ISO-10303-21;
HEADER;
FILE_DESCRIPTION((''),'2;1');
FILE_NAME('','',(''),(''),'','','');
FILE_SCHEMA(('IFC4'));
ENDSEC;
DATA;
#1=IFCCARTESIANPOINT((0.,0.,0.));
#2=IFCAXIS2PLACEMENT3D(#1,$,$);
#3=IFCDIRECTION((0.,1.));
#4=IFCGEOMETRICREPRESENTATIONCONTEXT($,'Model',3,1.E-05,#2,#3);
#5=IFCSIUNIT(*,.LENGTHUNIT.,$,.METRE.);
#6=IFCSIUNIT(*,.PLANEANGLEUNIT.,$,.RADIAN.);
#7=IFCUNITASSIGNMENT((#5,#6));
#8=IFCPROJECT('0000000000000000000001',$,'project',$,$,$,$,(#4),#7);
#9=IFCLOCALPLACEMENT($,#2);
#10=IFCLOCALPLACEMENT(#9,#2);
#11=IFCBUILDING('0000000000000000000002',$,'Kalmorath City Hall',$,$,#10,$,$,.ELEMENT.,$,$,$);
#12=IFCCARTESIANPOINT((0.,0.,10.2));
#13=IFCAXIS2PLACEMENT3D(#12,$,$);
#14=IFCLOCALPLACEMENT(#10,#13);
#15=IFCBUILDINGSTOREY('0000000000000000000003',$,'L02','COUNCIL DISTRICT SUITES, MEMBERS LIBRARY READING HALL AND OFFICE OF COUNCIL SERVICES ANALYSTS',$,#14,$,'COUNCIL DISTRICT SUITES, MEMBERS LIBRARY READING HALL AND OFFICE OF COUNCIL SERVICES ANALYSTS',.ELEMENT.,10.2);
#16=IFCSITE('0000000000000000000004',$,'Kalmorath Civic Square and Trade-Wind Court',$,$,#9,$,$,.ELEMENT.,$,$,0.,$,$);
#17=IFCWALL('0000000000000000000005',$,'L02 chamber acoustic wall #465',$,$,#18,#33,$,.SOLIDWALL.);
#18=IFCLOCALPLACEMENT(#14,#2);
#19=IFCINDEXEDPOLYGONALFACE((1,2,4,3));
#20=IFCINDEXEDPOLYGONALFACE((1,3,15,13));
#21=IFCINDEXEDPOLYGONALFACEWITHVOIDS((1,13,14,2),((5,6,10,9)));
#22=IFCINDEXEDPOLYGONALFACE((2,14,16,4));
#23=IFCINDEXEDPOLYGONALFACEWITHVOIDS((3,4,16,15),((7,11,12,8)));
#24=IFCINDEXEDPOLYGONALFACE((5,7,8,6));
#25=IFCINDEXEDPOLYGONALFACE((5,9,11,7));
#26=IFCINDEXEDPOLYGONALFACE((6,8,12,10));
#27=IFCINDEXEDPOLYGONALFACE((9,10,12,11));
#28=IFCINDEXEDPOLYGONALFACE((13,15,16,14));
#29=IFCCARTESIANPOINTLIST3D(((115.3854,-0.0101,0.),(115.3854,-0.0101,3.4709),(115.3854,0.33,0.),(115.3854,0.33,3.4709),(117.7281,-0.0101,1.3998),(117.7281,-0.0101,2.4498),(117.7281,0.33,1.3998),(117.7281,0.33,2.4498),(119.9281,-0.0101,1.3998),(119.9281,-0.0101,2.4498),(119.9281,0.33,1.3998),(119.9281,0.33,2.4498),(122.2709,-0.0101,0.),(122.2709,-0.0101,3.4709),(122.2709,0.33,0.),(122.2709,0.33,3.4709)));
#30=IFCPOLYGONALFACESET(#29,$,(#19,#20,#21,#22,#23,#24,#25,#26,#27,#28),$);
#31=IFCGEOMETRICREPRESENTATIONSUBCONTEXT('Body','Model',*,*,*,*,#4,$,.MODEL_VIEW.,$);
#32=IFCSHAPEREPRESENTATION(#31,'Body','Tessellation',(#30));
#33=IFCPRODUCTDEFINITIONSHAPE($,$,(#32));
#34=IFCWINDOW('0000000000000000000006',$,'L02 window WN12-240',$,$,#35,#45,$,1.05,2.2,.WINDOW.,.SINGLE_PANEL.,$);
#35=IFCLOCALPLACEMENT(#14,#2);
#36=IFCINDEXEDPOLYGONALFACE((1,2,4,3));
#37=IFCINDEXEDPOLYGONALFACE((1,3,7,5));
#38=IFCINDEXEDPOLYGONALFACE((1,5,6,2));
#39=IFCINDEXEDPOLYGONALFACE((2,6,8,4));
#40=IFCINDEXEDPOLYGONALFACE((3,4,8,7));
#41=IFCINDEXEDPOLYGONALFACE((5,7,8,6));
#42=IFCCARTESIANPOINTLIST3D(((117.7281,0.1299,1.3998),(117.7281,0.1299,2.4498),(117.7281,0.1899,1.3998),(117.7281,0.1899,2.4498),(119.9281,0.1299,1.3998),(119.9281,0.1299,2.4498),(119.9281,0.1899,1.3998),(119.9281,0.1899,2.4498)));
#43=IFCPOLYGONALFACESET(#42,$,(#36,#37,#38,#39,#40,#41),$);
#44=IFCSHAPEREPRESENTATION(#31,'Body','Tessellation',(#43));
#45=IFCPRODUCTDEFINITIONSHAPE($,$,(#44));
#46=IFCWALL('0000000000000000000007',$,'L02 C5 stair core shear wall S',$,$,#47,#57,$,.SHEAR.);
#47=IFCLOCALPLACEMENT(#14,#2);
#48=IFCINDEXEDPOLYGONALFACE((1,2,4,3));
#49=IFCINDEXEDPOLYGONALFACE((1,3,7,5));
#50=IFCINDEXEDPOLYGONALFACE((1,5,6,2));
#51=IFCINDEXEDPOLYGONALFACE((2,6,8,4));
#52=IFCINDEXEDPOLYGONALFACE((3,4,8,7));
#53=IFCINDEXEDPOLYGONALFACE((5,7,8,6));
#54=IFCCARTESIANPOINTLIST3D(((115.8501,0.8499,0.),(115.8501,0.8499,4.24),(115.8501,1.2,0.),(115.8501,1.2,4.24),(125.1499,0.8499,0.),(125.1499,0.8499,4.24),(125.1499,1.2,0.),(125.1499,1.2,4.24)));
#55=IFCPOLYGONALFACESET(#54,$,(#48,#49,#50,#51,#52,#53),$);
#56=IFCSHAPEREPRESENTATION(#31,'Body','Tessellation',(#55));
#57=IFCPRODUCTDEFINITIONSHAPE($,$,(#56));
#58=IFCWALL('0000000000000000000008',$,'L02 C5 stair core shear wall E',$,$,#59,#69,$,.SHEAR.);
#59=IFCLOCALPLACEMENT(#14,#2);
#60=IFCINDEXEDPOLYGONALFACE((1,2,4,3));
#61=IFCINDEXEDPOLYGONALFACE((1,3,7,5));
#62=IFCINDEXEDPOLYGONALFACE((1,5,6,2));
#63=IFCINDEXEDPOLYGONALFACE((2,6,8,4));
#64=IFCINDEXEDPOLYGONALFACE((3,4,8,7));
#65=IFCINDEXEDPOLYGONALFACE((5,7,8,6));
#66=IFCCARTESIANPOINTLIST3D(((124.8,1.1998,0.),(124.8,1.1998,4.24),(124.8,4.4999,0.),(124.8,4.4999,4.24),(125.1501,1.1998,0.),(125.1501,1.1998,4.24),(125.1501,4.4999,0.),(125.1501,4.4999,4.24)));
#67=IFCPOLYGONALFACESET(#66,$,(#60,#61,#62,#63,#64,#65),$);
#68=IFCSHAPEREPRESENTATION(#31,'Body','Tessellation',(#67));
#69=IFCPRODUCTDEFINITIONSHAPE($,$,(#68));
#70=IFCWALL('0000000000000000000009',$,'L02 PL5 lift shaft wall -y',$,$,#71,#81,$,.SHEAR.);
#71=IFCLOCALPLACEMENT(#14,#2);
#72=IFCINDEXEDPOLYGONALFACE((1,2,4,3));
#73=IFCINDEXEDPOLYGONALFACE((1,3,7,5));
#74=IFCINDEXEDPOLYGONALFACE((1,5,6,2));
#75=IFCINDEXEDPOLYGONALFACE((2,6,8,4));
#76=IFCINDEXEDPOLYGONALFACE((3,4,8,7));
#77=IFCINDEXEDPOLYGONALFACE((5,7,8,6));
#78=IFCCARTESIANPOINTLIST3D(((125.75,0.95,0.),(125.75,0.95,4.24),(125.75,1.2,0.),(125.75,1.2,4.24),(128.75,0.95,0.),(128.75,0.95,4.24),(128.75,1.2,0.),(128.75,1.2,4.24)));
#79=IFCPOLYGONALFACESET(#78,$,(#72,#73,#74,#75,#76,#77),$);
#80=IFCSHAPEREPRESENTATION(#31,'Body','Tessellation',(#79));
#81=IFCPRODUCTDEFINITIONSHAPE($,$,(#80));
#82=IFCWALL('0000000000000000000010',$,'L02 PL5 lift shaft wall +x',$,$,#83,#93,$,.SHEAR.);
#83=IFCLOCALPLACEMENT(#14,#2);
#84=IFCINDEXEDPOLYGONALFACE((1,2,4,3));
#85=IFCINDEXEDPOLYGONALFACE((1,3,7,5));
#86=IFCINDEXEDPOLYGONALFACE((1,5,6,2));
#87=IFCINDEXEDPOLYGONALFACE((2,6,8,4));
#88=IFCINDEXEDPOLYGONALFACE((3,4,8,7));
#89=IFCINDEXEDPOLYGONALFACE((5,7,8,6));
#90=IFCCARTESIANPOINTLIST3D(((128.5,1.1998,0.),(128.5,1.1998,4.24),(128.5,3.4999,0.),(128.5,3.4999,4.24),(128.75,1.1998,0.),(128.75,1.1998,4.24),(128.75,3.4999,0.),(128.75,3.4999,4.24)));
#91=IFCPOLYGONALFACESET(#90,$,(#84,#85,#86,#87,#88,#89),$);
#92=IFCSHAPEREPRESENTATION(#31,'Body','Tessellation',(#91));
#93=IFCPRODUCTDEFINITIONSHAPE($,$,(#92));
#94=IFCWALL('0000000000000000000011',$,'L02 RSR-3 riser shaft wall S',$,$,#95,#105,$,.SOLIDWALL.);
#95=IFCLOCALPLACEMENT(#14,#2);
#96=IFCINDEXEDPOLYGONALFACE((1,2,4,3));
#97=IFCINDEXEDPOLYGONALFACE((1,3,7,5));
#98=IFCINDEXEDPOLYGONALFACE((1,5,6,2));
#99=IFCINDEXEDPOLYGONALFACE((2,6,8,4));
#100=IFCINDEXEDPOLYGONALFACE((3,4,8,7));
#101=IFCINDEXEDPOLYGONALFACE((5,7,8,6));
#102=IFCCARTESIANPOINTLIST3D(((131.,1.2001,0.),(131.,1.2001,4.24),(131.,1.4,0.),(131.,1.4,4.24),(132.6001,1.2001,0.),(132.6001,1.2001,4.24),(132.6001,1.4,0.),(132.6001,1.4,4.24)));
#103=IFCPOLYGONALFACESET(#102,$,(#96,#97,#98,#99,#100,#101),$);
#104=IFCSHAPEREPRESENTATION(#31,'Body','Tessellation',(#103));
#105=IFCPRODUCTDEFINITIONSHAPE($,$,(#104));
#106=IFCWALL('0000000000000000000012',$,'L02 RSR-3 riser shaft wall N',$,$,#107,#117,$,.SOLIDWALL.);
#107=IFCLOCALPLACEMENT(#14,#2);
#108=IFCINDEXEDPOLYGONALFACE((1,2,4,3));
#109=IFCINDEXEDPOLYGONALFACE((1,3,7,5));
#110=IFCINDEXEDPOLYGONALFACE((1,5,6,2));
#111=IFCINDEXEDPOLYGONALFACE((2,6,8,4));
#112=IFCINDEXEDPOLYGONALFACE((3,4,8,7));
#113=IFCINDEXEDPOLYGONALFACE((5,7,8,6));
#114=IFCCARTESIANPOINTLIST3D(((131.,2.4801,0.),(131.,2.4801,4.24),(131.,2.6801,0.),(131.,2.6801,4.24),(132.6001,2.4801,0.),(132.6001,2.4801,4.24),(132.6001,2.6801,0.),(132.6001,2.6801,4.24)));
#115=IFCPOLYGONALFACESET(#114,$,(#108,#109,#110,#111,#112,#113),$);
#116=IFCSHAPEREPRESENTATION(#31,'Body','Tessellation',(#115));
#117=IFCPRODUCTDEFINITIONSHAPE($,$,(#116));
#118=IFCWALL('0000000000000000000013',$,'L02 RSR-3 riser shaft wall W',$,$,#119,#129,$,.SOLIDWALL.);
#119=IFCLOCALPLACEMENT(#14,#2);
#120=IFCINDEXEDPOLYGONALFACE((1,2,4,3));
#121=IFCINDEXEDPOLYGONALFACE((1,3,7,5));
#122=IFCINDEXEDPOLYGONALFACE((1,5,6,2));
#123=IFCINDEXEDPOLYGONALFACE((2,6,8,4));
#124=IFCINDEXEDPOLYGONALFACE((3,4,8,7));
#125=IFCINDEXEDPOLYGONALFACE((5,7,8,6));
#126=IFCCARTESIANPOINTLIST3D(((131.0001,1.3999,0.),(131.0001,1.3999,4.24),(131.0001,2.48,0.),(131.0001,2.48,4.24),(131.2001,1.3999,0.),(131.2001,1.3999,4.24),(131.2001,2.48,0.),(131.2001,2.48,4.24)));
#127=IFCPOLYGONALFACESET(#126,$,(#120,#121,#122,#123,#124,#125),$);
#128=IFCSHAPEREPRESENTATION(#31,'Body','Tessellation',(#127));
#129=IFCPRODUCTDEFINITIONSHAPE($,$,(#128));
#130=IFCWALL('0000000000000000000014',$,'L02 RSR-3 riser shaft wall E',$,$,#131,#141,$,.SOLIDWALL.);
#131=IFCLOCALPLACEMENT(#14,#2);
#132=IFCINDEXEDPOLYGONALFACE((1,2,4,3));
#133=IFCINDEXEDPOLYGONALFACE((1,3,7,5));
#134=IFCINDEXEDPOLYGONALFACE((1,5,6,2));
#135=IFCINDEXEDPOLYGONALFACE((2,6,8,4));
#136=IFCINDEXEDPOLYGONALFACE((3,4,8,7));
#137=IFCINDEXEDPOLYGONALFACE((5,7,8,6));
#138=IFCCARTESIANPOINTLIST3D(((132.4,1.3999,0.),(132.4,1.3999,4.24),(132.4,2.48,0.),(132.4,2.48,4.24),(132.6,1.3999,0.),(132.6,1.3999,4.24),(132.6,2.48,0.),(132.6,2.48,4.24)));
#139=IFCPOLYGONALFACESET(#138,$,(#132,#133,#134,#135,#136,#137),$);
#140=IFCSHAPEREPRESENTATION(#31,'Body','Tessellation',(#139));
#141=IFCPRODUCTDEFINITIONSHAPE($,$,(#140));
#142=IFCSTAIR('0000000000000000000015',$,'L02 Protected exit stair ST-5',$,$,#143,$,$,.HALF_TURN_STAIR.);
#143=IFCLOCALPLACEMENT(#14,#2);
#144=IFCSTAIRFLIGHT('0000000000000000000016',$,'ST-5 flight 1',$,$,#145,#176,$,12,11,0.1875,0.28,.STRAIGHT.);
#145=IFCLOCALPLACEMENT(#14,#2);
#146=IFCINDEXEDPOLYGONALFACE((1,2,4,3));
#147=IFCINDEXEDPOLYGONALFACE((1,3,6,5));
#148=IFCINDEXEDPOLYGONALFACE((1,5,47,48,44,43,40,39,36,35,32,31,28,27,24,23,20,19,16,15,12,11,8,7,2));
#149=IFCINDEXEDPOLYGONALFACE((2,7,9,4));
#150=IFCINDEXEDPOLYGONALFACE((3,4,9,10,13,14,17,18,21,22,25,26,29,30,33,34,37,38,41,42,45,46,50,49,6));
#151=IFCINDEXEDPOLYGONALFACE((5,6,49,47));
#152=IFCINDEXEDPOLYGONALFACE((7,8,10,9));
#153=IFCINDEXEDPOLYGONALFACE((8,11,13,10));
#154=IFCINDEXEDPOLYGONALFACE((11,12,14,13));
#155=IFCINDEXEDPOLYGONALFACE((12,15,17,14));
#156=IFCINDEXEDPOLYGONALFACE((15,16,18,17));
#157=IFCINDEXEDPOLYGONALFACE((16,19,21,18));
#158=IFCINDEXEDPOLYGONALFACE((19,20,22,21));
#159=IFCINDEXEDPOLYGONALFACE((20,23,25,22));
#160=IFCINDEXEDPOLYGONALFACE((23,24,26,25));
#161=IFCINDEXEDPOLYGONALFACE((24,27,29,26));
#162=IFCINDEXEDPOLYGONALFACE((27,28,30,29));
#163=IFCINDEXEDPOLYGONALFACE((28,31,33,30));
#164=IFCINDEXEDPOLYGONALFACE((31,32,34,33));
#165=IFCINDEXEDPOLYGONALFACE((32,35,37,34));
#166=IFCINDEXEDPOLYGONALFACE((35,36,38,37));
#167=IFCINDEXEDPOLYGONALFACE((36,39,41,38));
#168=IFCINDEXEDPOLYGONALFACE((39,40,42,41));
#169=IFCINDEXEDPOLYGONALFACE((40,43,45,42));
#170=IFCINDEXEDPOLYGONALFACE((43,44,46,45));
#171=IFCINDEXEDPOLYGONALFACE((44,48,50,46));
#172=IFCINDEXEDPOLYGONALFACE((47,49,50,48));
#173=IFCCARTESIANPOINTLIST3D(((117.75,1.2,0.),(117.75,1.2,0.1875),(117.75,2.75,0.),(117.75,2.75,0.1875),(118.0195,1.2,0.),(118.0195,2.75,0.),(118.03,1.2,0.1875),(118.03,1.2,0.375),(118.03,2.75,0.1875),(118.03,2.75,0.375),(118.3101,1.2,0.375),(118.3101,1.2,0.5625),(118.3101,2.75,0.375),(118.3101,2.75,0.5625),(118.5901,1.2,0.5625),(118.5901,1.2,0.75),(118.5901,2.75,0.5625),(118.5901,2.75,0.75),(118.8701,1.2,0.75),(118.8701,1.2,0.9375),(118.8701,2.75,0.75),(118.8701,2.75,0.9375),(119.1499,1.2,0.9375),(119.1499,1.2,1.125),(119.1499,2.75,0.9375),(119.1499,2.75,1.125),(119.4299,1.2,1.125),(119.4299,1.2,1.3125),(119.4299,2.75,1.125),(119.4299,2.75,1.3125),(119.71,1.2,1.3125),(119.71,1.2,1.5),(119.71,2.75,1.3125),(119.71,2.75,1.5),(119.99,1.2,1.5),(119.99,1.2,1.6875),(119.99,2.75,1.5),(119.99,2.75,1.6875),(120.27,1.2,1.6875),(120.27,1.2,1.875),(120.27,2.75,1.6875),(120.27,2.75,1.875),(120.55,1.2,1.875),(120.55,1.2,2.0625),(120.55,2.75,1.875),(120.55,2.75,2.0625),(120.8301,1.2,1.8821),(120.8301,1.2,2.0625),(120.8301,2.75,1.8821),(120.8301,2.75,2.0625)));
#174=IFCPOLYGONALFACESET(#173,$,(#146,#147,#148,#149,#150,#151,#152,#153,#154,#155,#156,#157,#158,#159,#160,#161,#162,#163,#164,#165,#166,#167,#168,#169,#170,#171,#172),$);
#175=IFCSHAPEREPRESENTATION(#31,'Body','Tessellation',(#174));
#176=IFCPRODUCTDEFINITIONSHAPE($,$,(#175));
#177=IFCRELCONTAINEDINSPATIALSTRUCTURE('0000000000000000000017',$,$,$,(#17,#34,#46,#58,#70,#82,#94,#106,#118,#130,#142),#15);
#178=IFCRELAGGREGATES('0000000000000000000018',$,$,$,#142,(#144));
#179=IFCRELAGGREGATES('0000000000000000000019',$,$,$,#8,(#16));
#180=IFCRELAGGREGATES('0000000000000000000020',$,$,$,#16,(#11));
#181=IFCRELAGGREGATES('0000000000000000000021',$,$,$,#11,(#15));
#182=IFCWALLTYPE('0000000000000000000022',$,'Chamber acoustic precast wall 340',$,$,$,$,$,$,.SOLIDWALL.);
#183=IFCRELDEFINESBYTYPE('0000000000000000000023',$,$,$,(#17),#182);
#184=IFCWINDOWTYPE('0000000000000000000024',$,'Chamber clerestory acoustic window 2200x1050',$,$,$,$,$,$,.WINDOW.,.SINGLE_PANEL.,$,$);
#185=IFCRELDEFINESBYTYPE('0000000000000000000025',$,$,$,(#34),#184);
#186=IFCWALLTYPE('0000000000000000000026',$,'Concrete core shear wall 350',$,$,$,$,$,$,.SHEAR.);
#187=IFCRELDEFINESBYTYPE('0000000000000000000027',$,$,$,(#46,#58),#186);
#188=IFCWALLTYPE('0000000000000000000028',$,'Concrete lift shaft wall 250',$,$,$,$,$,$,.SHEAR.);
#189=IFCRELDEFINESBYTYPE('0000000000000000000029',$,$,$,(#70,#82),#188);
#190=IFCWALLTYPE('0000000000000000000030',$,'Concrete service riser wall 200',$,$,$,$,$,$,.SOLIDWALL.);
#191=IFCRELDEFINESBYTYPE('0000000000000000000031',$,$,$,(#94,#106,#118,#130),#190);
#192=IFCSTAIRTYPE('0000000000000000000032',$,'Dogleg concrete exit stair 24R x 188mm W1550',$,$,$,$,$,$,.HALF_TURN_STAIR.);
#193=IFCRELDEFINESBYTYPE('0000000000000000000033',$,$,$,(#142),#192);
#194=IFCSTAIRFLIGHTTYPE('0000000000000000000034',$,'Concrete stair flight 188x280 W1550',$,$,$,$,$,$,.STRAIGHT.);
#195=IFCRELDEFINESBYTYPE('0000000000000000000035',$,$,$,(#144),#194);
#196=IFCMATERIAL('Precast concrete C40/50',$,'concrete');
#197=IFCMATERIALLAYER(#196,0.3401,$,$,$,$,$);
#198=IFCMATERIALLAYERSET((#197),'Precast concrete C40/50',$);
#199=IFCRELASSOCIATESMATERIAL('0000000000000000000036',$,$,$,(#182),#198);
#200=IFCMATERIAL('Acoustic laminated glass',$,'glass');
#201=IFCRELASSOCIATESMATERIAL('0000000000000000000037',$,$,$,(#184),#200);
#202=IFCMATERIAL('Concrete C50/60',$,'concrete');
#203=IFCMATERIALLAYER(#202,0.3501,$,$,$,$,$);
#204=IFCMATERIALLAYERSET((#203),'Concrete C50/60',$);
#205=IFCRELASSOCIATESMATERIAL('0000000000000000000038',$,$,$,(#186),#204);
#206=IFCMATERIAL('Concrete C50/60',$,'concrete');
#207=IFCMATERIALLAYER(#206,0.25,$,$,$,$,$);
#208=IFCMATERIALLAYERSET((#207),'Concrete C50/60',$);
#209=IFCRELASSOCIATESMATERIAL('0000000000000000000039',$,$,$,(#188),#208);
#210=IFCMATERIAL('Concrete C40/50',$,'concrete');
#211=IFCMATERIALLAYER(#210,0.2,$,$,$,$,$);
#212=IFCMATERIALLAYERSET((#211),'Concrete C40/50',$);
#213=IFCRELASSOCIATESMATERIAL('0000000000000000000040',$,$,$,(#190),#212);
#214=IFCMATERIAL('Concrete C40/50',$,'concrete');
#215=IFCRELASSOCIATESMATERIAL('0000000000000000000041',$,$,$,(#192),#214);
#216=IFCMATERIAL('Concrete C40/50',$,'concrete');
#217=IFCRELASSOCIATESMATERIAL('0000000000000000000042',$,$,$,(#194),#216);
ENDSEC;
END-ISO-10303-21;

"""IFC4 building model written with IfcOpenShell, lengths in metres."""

from ifc_helpers import new_model, si_unit, direction, frame, frame_2d, origin, place, context, subcontext, project, spatial, polyline, rectangle, outline, extrude, material, layer, layer_set, type_object, element, fill, aggregate, save


model = new_model("IFC4")

# Units and contexts
model_context = context("Model", 3, precision=1e-05, world=origin(), true_north=direction((0.0, 1.0)))
body_context = subcontext(model_context, "Body", "Model", "MODEL_VIEW")
ifc_project = project(units=[si_unit("LENGTHUNIT", "METRE"), si_unit("PLANEANGLEUNIT", "RADIAN")], contexts=[model_context])

# Site, building, storey
site_placement = place(None, origin())
site = spatial("IfcSite", under=ifc_project, at=site_placement, Name="Kalmorath Civic Square and Trade-Wind Court", CompositionType="ELEMENT", RefElevation=0.0)
building_placement = place(site_placement, origin())
building = spatial("IfcBuilding", under=site, at=building_placement, Name="Kalmorath City Hall", CompositionType="ELEMENT")
storey_placement = place(building_placement, frame((0.0, 0.0, 10.2)))
storey = spatial("IfcBuildingStorey", under=building, at=storey_placement, Name="L02", Description="COUNCIL DISTRICT SUITES, MEMBERS LIBRARY READING HALL AND OFFICE OF COUNCIL SERVICES ANALYSTS", LongName="COUNCIL DISTRICT SUITES, MEMBERS LIBRARY READING HALL AND OFFICE OF COUNCIL SERVICES ANALYSTS", CompositionType="ELEMENT", Elevation=10.2)

# Wall, opening, window
ifc_material_1 = material(Name="Precast concrete C40/50", Category="concrete")
ifc_layer_1 = layer(ifc_material_1, 0.3401)
ifc_layer_set_1 = layer_set([ifc_layer_1], Name="Precast concrete C40/50")
wall_type_1 = type_object("IfcWallType", Name="Chamber acoustic precast wall 340", PredefinedType="SOLIDWALL", material=ifc_layer_set_1)
ifc_material_2 = material(Name="Acoustic laminated glass", Category="glass")
window_type = type_object("IfcWindowType", Name="Chamber clerestory acoustic window 2200x1050", PartitioningType="SINGLE_PANEL", PredefinedType="WINDOW", material=ifc_material_2)
wall_1_placement = place(storey_placement, frame((122.271, 0.1599, 0.0), z_axis=(0.0, 0.0, 1.0), x_axis=(-1.0, 0.0, 0.0)))
wall_1 = element("IfcWall", 1, at=wall_1_placement, inside=storey, type_object=wall_type_1, Name="L02 chamber acoustic wall #465", PredefinedType="SOLIDWALL", context=body_context, shape_type="SweptSolid", body=[
    extrude(rectangle(XDim=6.8855, YDim=0.3401, at=frame_2d((3.4429, 0.0))), origin(), (0.0, 0.0, 1.0), 3.4709),
])
opening_1_placement = place(wall_1_placement, frame((2.3428, 0.0, 1.3999)))
opening_1 = element("IfcOpeningElement", 2, at=opening_1_placement, cuts=wall_1, PredefinedType="OPENING", context=body_context, shape_type="SweptSolid", body=[
    extrude(rectangle(XDim=2.2, YDim=1.05, at=frame_2d((1.1001, 0.5249))), frame((0.0, 0.1799, 0.0), z_axis=(0.0, -1.0, 0.0), x_axis=(1.0, 0.0, 0.0)), (0.0, 0.0, 1.0), 0.3601),
])
window_1_placement = place(opening_1_placement, origin())
window_1 = element("IfcWindow", 3, at=window_1_placement, inside=storey, type_object=window_type, Name="L02 window WN12-240", OverallHeight=1.05, OverallWidth=2.2, PartitioningType="SINGLE_PANEL", PredefinedType="WINDOW", context=body_context, shape_type="SweptSolid", body=[
    extrude(rectangle(XDim=2.2, YDim=1.05, at=frame_2d((1.1001, 0.5249))), frame((0.0, 0.03, 0.0), z_axis=(0.0, -1.0, 0.0), x_axis=(1.0, 0.0, 0.0)), (0.0, 0.0, 1.0), 0.0601),
])
fill(opening_1, window_1)

# Walls
ifc_material_3 = material(Name="Concrete C50/60", Category="concrete")
ifc_layer_2 = layer(ifc_material_3, 0.3501)
ifc_layer_set_2 = layer_set([ifc_layer_2], Name="Concrete C50/60")
wall_type_2 = type_object("IfcWallType", Name="Concrete core shear wall 350", PredefinedType="SHEAR", material=ifc_layer_set_2)
wall_2_placement = place(storey_placement, frame((115.8501, 1.0249, 0.0), z_axis=(0.0, 0.0, 1.0), x_axis=(1.0, 0.0, 0.0)))
element("IfcWall", 4, at=wall_2_placement, inside=storey, type_object=wall_type_2, Name="L02 C5 stair core shear wall S", PredefinedType="SHEAR", context=body_context, shape_type="SweptSolid", body=[
    extrude(rectangle(XDim=9.2998, YDim=0.3501, at=frame_2d((4.6499, 0.0))), origin(), (0.0, 0.0, 1.0), 4.24),
])
wall_3_placement = place(storey_placement, frame((124.9751, 1.2, 0.0), z_axis=(0.0, 0.0, 1.0), x_axis=(0.0, 1.0, 0.0)))
element("IfcWall", 5, at=wall_3_placement, inside=storey, type_object=wall_type_2, Name="L02 C5 stair core shear wall E", PredefinedType="SHEAR", context=body_context, shape_type="SweptSolid", body=[
    extrude(rectangle(XDim=3.3, YDim=0.3501, at=frame_2d((1.6499, 0.0))), origin(), (0.0, 0.0, 1.0), 4.24),
])
ifc_material_4 = material(Name="Concrete C50/60", Category="concrete")
ifc_layer_3 = layer(ifc_material_4, 0.25)
ifc_layer_set_3 = layer_set([ifc_layer_3], Name="Concrete C50/60")
wall_type_3 = type_object("IfcWallType", Name="Concrete lift shaft wall 250", PredefinedType="SHEAR", material=ifc_layer_set_3)
wall_4_placement = place(storey_placement, frame((125.75, 1.075, 0.0), z_axis=(0.0, 0.0, 1.0), x_axis=(1.0, 0.0, 0.0)))
element("IfcWall", 6, at=wall_4_placement, inside=storey, type_object=wall_type_3, Name="L02 PL5 lift shaft wall -y", PredefinedType="SHEAR", context=body_context, shape_type="SweptSolid", body=[
    extrude(rectangle(XDim=3.0, YDim=0.25, at=frame_2d((1.5, 0.0))), origin(), (0.0, 0.0, 1.0), 4.24),
])
wall_5_placement = place(storey_placement, frame((128.625, 1.2, 0.0), z_axis=(0.0, 0.0, 1.0), x_axis=(0.0, 1.0, 0.0)))
element("IfcWall", 7, at=wall_5_placement, inside=storey, type_object=wall_type_3, Name="L02 PL5 lift shaft wall +x", PredefinedType="SHEAR", context=body_context, shape_type="SweptSolid", body=[
    extrude(rectangle(XDim=2.3, YDim=0.25, at=frame_2d((1.1499, 0.0))), origin(), (0.0, 0.0, 1.0), 4.24),
])
ifc_material_5 = material(Name="Concrete C40/50", Category="concrete")
ifc_layer_4 = layer(ifc_material_5, 0.2)
ifc_layer_set_4 = layer_set([ifc_layer_4], Name="Concrete C40/50")
wall_type_4 = type_object("IfcWallType", Name="Concrete service riser wall 200", PredefinedType="SOLIDWALL", material=ifc_layer_set_4)
for number, where, z_axis, x_axis, name in (
    (8, (131.0, 1.3, 0.0), (0.0, 0.0, 1.0), (1.0, 0.0, 0.0), "L02 RSR-3 riser shaft wall S"),
    (9, (132.6001, 2.5801, 0.0), (0.0, 0.0, 1.0), (-1.0, 0.0, 0.0), "L02 RSR-3 riser shaft wall N"),
):
    element("IfcWall", number, at=place(storey_placement, frame(where, z_axis=z_axis, x_axis=x_axis)), inside=storey, type_object=wall_type_4, Name=name, PredefinedType="SOLIDWALL", context=body_context, shape_type="SweptSolid", body=[
        extrude(rectangle(XDim=1.6001, YDim=0.2, at=frame_2d((0.8, 0.0))), origin(), (0.0, 0.0, 1.0), 4.24),
    ])
for number, where, z_axis, x_axis, name in (
    (10, (131.1001, 2.48, 0.0), (0.0, 0.0, 1.0), (0.0, -1.0, 0.0), "L02 RSR-3 riser shaft wall W"),
    (11, (132.5, 1.3999, 0.0), (0.0, 0.0, 1.0), (0.0, 1.0, 0.0), "L02 RSR-3 riser shaft wall E"),
):
    element("IfcWall", number, at=place(storey_placement, frame(where, z_axis=z_axis, x_axis=x_axis)), inside=storey, type_object=wall_type_4, Name=name, PredefinedType="SOLIDWALL", context=body_context, shape_type="SweptSolid", body=[
        extrude(rectangle(XDim=1.0801, YDim=0.2, at=frame_2d((0.54, 0.0))), origin(), (0.0, 0.0, 1.0), 4.24),
    ])

# Stair, stair flight
ifc_material_6 = material(Name="Concrete C40/50", Category="concrete")
stair_type = type_object("IfcStairType", Name="Dogleg concrete exit stair 24R x 188mm W1550", PredefinedType="HALF_TURN_STAIR", material=ifc_material_6)
stair_placement = place(storey_placement, origin())
stair = element("IfcStair", 12, at=stair_placement, inside=storey, type_object=stair_type, Name="L02 Protected exit stair ST-5", PredefinedType="HALF_TURN_STAIR")
ifc_material_7 = material(Name="Concrete C40/50", Category="concrete")
stair_flight_type = type_object("IfcStairFlightType", Name="Concrete stair flight 188x280 W1550", PredefinedType="STRAIGHT", material=ifc_material_7)
stair_flight_placement = place(storey_placement, frame((117.75, 1.9751, 0.0), z_axis=(0.0, 0.0, 1.0), x_axis=(1.0, 0.0, 0.0)))
stair_flight = element("IfcStairFlight", 13, at=stair_flight_placement, type_object=stair_flight_type, Name="ST-5 flight 1", NumberOfRisers=12, NumberOfTreads=11, PredefinedType="STRAIGHT", RiserHeight=0.1875, TreadLength=0.28, context=body_context, shape_type="SweptSolid", body=[
    extrude(outline(polyline([(0.0, 0.0), (0.0, 0.1875), (0.28, 0.1875), (0.28, 0.375), (0.5601, 0.375), (0.5601, 0.5625), (0.8401, 0.5625), (0.8401, 0.75), (1.1201, 0.75), (1.1201, 0.9375), (1.3999, 0.9375), (1.3999, 1.125), (1.6799, 1.125), (1.6799, 1.3125), (1.96, 1.3125), (1.96, 1.5), (2.24, 1.5), (2.24, 1.6875), (2.52, 1.6875), (2.52, 1.875), (2.8, 1.875), (2.8, 2.0625), (3.0801, 2.0625), (3.0801, 2.25), (3.0801, 1.8821), (0.2695, 0.0), (0.0, 0.0)])), frame((0.0, 0.7749, 0.0), z_axis=(0.0, -1.0, 0.0), x_axis=(1.0, 0.0, 0.0)), (0.0, 0.0, 1.0), 1.55),
])
aggregate(stair, [stair_flight])

save(model, "model.ifc")
